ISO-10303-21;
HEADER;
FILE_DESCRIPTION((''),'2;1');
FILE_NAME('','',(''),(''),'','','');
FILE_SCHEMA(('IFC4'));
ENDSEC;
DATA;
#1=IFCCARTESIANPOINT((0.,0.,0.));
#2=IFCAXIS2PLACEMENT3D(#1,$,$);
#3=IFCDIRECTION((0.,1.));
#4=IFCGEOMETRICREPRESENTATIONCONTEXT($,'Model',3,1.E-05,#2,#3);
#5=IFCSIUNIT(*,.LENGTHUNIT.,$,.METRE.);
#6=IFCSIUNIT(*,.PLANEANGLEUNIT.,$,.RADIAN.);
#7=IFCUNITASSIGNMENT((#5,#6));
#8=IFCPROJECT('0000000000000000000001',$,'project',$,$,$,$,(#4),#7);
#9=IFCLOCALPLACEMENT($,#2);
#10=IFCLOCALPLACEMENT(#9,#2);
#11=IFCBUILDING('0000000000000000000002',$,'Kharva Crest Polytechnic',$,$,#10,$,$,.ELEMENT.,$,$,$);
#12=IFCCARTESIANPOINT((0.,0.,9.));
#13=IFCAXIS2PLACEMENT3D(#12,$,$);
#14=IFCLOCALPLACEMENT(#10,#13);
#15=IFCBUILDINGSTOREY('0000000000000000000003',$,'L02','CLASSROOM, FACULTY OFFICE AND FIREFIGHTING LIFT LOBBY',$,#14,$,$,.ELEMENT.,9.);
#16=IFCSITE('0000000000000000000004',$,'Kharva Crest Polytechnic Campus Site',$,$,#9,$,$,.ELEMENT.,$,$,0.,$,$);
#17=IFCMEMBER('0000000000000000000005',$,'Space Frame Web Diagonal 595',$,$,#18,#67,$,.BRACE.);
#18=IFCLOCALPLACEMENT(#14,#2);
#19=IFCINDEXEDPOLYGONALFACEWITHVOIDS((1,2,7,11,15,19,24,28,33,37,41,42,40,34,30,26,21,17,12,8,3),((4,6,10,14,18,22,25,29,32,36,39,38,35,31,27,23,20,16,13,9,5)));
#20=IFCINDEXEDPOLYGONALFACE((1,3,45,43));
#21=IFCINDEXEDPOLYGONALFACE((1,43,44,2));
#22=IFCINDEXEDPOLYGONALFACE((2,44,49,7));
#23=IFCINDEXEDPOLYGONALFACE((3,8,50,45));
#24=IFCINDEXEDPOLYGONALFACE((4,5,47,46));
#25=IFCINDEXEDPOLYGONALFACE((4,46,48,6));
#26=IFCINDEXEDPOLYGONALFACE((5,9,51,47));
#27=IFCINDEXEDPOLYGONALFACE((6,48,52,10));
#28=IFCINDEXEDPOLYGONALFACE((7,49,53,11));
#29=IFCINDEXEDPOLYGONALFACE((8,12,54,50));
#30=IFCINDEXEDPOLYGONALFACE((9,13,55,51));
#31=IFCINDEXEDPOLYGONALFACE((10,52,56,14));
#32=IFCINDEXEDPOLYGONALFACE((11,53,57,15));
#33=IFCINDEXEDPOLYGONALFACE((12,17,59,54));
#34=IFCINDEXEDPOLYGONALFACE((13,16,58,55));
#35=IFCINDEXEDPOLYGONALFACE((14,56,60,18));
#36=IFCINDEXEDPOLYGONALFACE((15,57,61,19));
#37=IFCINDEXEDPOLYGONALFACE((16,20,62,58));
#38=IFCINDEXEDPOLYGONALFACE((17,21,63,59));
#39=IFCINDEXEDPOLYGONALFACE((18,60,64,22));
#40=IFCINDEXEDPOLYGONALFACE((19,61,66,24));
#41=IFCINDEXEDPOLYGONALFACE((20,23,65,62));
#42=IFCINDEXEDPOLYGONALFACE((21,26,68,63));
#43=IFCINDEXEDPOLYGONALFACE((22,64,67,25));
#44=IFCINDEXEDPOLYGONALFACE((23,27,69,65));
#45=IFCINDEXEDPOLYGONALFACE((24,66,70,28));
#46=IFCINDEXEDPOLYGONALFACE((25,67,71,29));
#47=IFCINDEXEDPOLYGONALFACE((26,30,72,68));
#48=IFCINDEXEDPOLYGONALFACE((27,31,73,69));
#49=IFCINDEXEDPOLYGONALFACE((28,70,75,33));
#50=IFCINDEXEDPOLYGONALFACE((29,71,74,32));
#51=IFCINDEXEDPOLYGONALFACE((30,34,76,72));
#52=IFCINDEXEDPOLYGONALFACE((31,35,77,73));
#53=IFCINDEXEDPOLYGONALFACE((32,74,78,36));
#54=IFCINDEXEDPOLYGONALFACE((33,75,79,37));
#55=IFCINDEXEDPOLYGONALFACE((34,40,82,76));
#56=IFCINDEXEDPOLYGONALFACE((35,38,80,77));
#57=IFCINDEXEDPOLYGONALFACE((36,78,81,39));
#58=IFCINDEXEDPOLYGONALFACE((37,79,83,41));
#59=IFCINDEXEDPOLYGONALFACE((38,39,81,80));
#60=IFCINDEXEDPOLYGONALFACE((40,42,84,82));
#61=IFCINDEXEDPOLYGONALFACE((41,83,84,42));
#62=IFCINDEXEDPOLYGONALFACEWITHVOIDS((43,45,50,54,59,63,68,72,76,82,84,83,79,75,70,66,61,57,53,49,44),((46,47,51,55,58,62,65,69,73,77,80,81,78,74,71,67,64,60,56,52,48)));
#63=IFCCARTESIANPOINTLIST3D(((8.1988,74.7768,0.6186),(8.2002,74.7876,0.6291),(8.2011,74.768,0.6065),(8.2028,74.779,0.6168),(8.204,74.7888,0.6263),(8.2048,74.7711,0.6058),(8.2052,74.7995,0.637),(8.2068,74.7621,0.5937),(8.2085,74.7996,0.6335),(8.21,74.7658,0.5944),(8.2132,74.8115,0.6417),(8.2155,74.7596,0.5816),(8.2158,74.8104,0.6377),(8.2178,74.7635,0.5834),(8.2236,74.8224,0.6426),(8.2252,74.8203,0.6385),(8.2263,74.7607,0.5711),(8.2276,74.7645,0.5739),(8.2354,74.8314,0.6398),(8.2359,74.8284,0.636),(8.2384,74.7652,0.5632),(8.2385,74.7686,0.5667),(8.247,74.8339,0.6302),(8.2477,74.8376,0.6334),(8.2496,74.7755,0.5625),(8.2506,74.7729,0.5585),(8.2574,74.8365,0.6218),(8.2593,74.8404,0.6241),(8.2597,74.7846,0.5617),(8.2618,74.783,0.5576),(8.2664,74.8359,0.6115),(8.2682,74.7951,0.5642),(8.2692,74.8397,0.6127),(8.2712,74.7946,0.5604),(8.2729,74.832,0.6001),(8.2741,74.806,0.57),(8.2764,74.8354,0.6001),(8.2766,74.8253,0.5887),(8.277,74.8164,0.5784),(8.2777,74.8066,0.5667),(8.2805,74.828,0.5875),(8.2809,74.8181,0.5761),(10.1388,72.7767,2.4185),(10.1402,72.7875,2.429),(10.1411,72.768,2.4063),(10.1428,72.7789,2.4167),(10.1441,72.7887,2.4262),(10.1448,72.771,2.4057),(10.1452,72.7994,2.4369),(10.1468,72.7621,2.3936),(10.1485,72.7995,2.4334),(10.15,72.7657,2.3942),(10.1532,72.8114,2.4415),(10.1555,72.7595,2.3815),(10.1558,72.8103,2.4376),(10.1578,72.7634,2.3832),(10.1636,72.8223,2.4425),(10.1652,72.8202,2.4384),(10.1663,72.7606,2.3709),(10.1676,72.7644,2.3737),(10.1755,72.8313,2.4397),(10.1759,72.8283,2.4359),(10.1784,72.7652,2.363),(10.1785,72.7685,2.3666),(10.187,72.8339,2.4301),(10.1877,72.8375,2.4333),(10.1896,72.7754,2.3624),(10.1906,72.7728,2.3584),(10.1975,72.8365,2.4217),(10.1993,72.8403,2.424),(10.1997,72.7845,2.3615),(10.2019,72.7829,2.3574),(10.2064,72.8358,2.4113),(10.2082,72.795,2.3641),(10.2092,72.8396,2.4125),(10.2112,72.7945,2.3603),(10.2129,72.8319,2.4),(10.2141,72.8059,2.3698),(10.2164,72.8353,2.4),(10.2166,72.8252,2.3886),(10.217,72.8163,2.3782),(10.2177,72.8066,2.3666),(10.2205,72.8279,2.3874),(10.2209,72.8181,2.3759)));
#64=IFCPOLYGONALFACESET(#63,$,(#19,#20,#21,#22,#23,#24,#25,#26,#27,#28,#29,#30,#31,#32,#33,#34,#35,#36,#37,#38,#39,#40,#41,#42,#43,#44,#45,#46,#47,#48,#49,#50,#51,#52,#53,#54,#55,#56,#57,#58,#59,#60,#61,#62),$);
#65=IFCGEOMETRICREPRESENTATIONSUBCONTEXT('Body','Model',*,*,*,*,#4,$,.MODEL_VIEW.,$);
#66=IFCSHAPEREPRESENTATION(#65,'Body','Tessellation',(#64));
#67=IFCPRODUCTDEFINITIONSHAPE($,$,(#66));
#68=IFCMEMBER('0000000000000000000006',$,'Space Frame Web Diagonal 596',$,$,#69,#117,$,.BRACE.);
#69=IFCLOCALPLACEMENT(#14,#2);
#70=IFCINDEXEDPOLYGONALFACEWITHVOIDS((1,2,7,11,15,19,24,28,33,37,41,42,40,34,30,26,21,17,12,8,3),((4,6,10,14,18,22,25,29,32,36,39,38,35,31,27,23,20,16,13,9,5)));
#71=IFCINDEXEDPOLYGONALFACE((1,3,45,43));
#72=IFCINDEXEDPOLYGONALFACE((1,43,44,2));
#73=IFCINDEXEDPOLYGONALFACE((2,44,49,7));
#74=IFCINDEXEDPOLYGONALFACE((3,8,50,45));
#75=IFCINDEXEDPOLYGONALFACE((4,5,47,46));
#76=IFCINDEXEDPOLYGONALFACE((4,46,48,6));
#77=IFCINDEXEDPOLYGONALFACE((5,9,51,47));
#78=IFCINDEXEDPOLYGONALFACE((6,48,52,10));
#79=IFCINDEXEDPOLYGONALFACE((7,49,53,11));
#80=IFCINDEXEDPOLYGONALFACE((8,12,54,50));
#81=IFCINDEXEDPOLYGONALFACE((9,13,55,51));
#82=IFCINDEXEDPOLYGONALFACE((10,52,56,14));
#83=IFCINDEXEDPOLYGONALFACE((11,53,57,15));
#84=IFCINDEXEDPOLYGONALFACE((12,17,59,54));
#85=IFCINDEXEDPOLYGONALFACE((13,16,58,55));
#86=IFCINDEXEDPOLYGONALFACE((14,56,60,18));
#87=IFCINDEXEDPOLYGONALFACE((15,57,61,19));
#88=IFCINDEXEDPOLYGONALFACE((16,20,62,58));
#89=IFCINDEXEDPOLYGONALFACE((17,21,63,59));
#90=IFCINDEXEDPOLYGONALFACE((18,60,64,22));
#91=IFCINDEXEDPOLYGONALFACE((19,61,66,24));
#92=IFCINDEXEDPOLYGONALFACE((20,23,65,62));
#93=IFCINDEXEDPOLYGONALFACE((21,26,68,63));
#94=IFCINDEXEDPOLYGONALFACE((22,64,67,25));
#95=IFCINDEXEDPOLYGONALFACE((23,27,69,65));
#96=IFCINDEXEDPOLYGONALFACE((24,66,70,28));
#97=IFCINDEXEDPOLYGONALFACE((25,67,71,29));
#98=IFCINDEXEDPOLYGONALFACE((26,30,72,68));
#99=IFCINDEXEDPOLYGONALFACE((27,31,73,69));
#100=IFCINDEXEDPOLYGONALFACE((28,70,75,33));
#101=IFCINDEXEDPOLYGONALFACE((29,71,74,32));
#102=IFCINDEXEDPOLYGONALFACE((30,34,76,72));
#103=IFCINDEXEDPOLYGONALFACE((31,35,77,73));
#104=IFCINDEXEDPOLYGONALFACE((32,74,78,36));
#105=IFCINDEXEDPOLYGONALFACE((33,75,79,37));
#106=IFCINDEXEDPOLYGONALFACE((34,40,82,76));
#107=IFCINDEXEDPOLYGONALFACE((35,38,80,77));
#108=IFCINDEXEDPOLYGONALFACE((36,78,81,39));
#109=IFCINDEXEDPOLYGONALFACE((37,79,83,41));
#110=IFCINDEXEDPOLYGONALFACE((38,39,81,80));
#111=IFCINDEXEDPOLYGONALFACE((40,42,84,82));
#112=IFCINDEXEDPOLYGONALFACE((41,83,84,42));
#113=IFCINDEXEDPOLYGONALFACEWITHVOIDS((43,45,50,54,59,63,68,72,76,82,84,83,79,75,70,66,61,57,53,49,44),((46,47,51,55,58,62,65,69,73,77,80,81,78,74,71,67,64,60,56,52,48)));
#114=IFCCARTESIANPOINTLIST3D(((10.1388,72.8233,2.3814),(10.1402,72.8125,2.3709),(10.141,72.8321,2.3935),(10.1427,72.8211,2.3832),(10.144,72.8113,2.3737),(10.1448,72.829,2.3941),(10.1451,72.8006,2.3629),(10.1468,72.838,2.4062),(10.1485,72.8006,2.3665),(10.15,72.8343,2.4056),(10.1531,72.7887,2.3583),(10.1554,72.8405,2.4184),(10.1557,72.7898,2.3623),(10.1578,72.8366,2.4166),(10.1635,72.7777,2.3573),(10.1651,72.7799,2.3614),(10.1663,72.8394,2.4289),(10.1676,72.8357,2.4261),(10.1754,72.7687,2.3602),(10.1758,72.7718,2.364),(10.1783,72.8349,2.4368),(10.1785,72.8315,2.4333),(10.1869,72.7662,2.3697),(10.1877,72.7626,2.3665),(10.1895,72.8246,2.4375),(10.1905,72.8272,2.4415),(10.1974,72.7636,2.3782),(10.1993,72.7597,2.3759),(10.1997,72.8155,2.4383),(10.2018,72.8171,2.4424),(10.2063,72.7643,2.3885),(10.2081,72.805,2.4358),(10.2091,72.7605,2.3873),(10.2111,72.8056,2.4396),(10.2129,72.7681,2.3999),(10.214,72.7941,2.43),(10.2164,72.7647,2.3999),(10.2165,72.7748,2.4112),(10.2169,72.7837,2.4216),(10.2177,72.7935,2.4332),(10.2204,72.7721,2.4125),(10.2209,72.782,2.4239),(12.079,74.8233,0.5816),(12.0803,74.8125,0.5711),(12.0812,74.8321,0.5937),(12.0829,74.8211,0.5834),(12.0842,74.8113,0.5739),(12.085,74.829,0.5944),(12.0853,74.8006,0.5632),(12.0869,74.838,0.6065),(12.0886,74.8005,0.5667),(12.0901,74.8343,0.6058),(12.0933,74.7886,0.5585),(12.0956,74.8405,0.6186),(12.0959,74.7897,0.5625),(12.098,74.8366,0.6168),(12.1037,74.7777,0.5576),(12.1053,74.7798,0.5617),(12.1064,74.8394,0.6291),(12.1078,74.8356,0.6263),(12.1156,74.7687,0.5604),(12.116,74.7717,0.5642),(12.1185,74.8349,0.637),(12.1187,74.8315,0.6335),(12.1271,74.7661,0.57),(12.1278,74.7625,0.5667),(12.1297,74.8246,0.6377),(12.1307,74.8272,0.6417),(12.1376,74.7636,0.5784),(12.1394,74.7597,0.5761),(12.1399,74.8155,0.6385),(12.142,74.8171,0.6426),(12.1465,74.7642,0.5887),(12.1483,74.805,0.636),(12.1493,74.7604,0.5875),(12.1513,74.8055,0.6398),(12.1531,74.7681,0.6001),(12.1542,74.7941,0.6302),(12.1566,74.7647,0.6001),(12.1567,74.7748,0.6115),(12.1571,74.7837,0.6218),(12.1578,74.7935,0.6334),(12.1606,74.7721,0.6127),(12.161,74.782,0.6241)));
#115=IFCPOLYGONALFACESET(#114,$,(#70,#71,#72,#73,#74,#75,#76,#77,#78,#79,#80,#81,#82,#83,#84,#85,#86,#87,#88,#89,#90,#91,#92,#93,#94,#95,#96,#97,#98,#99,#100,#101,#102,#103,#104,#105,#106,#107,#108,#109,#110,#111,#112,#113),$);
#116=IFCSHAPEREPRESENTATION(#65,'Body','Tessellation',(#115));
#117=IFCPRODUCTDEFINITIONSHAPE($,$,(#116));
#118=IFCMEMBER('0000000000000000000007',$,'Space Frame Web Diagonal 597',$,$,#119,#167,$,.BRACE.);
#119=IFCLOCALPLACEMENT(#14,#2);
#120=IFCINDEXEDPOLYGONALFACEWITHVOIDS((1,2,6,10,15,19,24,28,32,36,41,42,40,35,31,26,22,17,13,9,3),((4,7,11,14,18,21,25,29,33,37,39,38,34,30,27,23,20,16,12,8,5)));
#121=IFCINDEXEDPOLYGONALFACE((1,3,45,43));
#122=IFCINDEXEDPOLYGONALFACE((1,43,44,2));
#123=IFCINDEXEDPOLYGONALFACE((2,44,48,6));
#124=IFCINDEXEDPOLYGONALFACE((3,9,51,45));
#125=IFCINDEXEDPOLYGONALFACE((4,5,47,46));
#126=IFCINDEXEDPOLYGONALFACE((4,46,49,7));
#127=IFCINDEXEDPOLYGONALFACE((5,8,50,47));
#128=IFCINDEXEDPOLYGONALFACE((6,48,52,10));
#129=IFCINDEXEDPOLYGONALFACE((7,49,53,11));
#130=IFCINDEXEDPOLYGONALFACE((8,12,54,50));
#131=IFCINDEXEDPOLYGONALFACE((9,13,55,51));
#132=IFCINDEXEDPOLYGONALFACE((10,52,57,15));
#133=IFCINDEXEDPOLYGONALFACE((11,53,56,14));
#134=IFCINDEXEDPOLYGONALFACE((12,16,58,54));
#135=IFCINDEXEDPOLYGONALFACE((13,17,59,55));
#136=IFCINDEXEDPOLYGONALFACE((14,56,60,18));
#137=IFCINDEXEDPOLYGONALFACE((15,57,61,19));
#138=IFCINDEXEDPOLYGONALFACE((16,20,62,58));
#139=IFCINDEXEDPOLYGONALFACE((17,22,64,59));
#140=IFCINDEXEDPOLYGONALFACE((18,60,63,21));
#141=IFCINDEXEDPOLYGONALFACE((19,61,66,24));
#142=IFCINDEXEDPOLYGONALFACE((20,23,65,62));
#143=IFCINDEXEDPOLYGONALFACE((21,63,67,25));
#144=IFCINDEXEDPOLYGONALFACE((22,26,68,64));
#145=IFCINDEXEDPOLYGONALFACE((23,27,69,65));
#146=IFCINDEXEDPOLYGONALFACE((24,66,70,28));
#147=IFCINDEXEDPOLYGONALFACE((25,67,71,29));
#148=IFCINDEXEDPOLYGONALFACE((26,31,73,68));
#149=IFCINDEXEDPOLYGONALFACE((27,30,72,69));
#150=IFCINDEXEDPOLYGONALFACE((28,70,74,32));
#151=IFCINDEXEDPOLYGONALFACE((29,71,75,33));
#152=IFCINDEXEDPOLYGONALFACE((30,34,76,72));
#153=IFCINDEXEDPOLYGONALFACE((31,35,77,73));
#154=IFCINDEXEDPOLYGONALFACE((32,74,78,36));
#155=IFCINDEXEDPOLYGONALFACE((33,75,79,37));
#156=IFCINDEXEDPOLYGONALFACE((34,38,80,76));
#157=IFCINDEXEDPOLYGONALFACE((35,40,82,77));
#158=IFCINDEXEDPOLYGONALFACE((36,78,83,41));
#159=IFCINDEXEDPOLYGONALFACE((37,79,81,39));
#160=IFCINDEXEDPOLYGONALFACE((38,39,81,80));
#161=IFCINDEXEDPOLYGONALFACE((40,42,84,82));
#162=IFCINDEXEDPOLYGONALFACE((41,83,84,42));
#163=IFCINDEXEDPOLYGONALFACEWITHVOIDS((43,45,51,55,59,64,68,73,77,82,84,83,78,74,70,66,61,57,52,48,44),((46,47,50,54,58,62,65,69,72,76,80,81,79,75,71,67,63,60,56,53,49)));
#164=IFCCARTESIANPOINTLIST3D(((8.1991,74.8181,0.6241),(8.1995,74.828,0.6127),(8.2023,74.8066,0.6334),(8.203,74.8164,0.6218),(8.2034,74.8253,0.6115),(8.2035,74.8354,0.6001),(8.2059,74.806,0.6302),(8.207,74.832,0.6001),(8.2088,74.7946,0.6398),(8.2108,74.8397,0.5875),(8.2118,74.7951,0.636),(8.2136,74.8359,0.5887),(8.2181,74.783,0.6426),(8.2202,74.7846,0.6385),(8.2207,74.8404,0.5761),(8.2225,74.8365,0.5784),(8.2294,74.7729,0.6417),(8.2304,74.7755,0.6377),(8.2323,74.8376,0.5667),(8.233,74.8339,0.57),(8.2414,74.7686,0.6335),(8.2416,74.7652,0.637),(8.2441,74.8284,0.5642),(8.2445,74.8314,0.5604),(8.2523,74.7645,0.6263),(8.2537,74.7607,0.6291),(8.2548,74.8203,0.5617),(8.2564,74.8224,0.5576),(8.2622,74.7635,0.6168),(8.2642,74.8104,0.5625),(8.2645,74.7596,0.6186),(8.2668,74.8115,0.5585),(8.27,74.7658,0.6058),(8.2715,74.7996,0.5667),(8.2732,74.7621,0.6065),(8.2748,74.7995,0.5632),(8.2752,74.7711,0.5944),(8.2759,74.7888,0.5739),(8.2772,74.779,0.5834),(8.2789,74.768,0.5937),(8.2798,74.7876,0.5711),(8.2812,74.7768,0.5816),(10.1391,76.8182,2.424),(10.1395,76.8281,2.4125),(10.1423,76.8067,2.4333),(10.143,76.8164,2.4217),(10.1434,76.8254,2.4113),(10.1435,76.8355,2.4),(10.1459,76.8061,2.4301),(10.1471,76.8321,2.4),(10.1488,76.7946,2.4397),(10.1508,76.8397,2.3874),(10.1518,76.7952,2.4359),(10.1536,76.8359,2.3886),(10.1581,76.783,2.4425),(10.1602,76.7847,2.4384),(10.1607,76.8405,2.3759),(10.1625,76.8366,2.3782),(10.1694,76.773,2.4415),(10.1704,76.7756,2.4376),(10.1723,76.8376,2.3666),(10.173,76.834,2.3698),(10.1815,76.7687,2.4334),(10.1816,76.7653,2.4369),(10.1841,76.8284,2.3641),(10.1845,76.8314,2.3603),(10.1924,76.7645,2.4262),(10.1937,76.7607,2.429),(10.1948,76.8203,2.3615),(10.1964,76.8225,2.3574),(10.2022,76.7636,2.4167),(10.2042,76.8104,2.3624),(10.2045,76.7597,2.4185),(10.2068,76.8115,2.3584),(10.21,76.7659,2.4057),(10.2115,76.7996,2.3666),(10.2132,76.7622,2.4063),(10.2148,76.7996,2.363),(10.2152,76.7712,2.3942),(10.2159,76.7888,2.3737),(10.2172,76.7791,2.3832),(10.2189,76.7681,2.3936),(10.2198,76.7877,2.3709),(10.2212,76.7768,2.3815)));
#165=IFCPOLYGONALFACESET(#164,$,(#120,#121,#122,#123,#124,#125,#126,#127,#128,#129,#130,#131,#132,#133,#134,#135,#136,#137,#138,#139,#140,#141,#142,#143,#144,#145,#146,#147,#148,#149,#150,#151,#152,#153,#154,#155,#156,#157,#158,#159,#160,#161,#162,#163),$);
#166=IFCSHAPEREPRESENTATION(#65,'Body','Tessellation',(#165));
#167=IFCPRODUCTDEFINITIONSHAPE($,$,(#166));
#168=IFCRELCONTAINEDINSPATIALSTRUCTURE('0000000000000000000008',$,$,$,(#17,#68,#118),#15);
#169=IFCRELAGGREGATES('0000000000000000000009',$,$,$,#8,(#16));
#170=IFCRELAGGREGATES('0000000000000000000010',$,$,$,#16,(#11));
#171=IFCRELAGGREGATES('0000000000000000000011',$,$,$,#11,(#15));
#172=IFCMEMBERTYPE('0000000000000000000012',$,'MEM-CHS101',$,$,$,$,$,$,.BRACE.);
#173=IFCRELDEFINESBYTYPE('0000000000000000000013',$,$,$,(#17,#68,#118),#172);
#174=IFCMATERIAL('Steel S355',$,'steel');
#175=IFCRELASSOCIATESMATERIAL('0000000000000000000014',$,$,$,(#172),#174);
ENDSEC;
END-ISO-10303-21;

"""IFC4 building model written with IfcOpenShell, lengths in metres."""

from ifc_helpers import new_model, si_unit, direction, frame, origin, origin_2d, place, context, subcontext, project, spatial, hollow_circle, extrude, material, material_profile, profile_set, type_object, element, save


model = new_model("IFC4")

# Units and contexts
model_context = context("Model", 3, precision=1e-05, world=origin(), true_north=direction((0.0, 1.0)))
body_context = subcontext(model_context, "Body", "Model", "MODEL_VIEW")
ifc_project = project(units=[si_unit("LENGTHUNIT", "METRE"), si_unit("PLANEANGLEUNIT", "RADIAN")], contexts=[model_context])

# Site, building, storey
site_placement = place(None, origin())
site = spatial("IfcSite", under=ifc_project, at=site_placement, Name="Kharva Crest Polytechnic Campus Site", CompositionType="ELEMENT", RefElevation=0.0)
building_placement = place(site_placement, origin())
building = spatial("IfcBuilding", under=site, at=building_placement, Name="Kharva Crest Polytechnic", CompositionType="ELEMENT")
storey_placement = place(building_placement, frame((0.0, 0.0, 9.0)))
storey = spatial("IfcBuildingStorey", under=building, at=storey_placement, Name="L02", Description="CLASSROOM, FACULTY OFFICE AND FIREFIGHTING LIFT LOBBY", CompositionType="ELEMENT", Elevation=9.0)

# Shared definitions
ifc_material_1 = material(Name="Steel S355", Category="steel")

# Members
ifc_material_profile_1 = material_profile(ifc_material_1, hollow_circle(Radius=0.0508, WallThickness=0.0049, at=origin_2d()), Name="CHS 101.6X5.0")
ifc_profile_set_1 = profile_set([ifc_material_profile_1], Name="Steel S355")
member_type_1 = type_object("IfcMemberType", Name="MEM-CHS101", PredefinedType="BRACE", material=ifc_profile_set_1)
for number, where, z_axis, x_axis, name in (
    (1, (8.24, 74.8, 0.6001), (0.584843, -0.60295, 0.542596), (0.717802, 0.696247, 0.0), "Space Frame Web Diagonal 595"),
    (2, (12.1201, 74.8, 0.6001), (-0.584892, -0.602924, 0.542572), (0.717758, -0.696292, 0.0), "Space Frame Web Diagonal 596"),
    (3, (8.24, 74.8, 0.6001), (0.584843, 0.60295, 0.542596), (-0.717802, 0.696247, 0.0), "Space Frame Web Diagonal 597"),
):
    element("IfcMember", number, at=place(storey_placement, frame(where, z_axis=z_axis, x_axis=x_axis)), inside=storey, type_object=member_type_1, Name=name, PredefinedType="BRACE", context=body_context, shape_type="SweptSolid", body=[
        extrude(hollow_circle(Radius=0.0508, WallThickness=0.0049, at=origin_2d()), origin(), (0.0, 0.0, 1.0), 3.3171),
    ])

save(model, "model.ifc")
